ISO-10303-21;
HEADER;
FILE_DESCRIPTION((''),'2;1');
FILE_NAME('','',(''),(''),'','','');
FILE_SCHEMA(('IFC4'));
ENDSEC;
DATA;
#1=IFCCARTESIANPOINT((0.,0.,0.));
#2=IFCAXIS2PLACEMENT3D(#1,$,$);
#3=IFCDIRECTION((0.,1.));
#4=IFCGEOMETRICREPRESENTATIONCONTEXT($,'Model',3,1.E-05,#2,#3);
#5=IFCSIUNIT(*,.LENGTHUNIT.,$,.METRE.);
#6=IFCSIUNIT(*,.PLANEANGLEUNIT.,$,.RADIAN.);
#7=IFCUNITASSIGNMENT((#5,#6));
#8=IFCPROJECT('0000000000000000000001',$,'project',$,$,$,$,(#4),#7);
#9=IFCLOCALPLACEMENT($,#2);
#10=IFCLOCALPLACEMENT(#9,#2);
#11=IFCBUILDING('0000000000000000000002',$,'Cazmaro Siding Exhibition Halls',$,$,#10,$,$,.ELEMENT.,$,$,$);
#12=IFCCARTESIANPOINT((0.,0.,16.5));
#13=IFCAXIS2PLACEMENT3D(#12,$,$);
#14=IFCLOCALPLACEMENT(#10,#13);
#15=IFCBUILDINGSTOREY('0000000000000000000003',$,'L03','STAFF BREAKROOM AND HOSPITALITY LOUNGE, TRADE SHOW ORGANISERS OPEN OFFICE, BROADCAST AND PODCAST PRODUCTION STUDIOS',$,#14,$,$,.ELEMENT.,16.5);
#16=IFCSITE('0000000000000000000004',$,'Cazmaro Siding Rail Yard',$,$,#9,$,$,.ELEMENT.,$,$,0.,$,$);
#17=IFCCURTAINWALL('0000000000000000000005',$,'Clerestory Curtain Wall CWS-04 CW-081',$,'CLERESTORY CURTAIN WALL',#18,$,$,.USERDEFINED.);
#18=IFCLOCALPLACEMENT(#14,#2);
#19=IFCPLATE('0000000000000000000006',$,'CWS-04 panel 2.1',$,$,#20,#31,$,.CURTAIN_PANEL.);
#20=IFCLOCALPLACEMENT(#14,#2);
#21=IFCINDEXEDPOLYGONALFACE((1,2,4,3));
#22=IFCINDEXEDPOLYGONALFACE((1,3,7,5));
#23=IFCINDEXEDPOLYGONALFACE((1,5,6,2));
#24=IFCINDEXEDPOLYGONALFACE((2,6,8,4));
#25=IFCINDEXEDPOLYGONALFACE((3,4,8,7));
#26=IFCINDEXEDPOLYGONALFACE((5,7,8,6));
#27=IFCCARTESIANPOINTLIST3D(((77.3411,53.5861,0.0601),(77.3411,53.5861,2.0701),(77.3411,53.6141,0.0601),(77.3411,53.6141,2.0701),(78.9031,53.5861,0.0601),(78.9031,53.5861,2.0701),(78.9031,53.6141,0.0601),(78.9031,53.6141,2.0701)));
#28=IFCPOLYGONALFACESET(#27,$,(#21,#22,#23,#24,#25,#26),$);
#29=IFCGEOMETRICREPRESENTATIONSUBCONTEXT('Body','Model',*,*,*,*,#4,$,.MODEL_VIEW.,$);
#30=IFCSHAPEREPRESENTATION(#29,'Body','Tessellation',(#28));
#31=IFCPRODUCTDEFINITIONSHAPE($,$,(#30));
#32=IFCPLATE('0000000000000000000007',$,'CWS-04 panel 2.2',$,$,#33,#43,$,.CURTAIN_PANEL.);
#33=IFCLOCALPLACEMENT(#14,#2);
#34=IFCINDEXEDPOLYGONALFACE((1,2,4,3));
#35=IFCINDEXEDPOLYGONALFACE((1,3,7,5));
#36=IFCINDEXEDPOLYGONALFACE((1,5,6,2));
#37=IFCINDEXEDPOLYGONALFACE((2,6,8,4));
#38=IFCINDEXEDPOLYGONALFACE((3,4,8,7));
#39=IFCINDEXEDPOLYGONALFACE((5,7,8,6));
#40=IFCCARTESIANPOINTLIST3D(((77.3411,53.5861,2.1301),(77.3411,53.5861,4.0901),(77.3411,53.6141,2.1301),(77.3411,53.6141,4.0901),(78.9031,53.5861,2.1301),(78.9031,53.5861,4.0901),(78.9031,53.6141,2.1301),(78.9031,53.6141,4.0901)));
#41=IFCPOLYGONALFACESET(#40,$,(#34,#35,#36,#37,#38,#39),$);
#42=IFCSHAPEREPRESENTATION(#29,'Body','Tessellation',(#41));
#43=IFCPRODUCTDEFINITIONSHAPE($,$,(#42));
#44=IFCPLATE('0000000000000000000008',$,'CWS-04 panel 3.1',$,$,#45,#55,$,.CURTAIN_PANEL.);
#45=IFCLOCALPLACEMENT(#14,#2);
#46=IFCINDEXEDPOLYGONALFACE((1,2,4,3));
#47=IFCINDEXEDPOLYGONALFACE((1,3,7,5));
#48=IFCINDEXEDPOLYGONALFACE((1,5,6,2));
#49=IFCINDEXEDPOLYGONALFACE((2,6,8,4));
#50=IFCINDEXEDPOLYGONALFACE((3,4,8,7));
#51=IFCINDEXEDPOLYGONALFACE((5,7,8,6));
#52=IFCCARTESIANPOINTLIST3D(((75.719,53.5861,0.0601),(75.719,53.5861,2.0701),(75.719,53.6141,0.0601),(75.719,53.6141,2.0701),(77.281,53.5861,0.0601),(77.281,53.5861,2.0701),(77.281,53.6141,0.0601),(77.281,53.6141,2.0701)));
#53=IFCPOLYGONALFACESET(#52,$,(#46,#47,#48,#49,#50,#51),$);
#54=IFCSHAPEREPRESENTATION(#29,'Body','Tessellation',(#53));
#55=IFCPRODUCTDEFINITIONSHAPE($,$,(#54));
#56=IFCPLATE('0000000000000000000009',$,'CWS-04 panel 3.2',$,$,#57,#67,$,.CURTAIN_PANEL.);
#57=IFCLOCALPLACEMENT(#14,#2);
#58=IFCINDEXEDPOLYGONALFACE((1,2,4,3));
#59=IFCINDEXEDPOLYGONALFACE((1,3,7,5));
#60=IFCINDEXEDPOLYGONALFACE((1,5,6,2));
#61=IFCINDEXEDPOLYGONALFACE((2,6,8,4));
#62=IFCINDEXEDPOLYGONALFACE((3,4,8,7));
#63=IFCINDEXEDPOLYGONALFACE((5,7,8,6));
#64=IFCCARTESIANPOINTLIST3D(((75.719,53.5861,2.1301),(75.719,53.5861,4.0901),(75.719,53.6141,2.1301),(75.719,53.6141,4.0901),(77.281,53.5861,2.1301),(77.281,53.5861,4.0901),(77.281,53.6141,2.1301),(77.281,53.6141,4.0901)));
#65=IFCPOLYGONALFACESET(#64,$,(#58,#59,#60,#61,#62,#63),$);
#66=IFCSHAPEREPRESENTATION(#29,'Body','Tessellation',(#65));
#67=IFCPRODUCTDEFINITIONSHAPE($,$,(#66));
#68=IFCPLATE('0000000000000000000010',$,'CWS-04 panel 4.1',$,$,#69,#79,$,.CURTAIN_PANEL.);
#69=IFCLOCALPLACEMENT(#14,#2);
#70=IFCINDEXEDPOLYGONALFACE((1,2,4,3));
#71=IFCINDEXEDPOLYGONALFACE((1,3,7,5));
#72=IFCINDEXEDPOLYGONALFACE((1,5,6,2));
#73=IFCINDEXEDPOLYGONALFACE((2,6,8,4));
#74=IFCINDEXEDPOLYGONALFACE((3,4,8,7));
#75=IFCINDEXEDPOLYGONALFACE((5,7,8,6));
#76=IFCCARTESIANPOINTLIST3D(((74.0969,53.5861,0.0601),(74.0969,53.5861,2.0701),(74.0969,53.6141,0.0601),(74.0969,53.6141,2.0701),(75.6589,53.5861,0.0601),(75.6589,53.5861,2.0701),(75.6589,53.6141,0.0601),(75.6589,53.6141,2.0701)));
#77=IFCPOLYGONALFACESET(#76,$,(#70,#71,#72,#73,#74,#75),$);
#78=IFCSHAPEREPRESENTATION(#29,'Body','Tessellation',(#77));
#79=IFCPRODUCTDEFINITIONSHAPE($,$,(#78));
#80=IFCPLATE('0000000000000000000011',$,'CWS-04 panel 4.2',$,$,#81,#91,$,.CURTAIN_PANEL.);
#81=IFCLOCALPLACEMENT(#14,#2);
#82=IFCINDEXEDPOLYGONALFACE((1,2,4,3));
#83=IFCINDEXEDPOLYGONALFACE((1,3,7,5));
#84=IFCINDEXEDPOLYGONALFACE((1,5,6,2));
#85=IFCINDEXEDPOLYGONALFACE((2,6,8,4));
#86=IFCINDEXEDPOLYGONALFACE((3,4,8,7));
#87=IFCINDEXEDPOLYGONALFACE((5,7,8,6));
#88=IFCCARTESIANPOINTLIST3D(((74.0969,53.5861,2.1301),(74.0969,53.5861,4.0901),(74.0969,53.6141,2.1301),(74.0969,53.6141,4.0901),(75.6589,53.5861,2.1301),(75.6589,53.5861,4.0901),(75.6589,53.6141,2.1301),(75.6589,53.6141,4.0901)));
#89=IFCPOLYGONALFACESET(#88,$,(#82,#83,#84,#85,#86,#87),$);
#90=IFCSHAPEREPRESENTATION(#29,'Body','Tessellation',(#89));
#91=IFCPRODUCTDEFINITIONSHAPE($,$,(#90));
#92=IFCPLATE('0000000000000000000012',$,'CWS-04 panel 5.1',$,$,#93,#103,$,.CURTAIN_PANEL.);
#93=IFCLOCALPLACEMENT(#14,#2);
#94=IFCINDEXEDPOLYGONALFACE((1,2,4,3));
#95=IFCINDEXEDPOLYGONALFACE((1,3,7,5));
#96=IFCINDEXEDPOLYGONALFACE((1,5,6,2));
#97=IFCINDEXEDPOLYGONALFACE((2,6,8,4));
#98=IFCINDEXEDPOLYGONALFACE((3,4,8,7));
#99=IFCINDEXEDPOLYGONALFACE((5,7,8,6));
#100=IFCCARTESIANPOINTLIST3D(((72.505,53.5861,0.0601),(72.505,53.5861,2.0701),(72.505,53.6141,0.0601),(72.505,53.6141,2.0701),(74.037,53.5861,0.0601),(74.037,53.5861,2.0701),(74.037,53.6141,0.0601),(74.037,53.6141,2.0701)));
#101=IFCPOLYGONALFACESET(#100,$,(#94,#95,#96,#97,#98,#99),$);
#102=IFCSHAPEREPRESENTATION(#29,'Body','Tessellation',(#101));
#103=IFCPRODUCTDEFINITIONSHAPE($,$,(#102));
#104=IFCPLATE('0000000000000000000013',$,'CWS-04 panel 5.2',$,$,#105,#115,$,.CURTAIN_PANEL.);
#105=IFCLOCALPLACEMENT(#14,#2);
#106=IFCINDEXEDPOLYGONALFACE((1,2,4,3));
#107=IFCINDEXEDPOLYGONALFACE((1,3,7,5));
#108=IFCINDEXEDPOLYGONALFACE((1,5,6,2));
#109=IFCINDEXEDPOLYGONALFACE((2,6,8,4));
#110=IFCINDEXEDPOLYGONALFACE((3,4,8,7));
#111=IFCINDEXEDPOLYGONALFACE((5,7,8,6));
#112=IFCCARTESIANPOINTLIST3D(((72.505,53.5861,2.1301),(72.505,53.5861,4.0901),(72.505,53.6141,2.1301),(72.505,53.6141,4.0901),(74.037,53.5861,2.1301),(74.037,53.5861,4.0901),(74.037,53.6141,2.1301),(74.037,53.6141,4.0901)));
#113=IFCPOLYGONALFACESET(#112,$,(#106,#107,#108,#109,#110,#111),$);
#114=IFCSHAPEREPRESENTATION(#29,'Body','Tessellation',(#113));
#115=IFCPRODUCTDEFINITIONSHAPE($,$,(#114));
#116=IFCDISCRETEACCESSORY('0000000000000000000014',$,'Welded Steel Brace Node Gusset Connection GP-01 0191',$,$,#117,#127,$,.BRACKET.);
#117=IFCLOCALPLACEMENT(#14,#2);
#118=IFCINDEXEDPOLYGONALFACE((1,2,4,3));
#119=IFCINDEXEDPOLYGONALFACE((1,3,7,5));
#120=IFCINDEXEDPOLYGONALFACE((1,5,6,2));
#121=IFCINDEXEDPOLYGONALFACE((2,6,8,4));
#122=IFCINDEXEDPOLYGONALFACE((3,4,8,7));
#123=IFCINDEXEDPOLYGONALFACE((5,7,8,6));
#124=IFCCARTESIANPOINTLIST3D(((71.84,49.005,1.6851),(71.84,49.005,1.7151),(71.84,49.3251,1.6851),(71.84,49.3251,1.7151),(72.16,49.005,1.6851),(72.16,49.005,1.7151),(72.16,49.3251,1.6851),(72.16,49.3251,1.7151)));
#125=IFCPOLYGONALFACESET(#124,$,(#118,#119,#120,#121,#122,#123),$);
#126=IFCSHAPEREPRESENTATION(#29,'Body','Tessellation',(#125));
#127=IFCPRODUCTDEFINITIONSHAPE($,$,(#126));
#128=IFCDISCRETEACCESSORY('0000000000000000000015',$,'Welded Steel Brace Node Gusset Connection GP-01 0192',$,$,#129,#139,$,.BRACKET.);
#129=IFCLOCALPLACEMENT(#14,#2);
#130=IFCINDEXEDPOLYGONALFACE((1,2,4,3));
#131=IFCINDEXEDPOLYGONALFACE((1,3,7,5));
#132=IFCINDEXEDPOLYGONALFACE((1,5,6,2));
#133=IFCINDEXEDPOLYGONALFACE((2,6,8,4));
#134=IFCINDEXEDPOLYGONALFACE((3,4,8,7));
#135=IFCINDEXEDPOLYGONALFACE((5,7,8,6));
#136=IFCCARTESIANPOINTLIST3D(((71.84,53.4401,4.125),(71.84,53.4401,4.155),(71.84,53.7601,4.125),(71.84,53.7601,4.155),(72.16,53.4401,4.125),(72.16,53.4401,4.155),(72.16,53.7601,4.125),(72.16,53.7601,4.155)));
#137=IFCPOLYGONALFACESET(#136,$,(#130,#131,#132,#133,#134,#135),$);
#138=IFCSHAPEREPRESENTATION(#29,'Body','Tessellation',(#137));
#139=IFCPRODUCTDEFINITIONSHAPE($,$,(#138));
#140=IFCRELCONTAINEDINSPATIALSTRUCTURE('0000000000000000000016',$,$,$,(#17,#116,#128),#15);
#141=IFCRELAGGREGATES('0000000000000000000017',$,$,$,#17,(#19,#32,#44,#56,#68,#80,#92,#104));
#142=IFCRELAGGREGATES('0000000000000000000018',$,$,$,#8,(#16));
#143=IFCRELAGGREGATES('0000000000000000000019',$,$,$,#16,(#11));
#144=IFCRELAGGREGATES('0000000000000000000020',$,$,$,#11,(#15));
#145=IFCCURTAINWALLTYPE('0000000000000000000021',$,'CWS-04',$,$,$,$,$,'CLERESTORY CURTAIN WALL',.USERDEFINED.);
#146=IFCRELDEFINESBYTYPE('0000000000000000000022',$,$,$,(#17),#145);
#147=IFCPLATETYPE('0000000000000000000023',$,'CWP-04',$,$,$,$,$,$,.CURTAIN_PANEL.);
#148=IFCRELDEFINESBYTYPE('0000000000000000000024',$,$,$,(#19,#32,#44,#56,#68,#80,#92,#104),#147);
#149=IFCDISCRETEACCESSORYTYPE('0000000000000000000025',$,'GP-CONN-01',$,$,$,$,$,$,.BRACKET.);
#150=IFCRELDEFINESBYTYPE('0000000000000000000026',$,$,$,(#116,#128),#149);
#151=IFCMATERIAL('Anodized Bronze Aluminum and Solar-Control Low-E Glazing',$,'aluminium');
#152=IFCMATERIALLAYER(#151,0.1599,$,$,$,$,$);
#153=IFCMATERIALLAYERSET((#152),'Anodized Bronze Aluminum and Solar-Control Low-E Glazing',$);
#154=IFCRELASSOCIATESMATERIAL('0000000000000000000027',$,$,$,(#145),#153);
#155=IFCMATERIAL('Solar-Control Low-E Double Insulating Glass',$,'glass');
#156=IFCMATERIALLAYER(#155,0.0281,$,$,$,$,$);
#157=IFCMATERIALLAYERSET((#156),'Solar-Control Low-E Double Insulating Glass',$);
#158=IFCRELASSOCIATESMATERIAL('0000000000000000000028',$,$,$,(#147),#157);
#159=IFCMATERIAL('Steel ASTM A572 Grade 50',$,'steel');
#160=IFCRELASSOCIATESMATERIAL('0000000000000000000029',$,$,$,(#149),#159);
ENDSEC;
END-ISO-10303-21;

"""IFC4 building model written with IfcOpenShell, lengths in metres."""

from ifc_helpers import new_model, si_unit, direction, frame, origin, origin_2d, place, context, subcontext, project, spatial, rectangle, extrude, material, layer, layer_set, type_object, element, aggregate, save


model = new_model("IFC4")

# Units and contexts
model_context = context("Model", 3, precision=1e-05, world=origin(), true_north=direction((0.0, 1.0)))
body_context = subcontext(model_context, "Body", "Model", "MODEL_VIEW")
ifc_project = project(units=[si_unit("LENGTHUNIT", "METRE"), si_unit("PLANEANGLEUNIT", "RADIAN")], contexts=[model_context])

# Site, building, storey
site_placement = place(None, origin())
site = spatial("IfcSite", under=ifc_project, at=site_placement, Name="Cazmaro Siding Rail Yard", CompositionType="ELEMENT", RefElevation=0.0)
building_placement = place(site_placement, origin())
building = spatial("IfcBuilding", under=site, at=building_placement, Name="Cazmaro Siding Exhibition Halls", CompositionType="ELEMENT")
storey_placement = place(building_placement, frame((0.0, 0.0, 16.5)))
storey = spatial("IfcBuildingStorey", under=building, at=storey_placement, Name="L03", Description="STAFF BREAKROOM AND HOSPITALITY LOUNGE, TRADE SHOW ORGANISERS OPEN OFFICE, BROADCAST AND PODCAST PRODUCTION STUDIOS", CompositionType="ELEMENT", Elevation=16.5)

# Curtain wall
ifc_material_1 = material(Name="Anodized Bronze Aluminum and Solar-Control Low-E Glazing", Category="aluminium")
ifc_layer_1 = layer(ifc_material_1, 0.1599)
ifc_layer_set_1 = layer_set([ifc_layer_1], Name="Anodized Bronze Aluminum and Solar-Control Low-E Glazing")
curtain_wall_type = type_object("IfcCurtainWallType", Name="CWS-04", ElementType="CLERESTORY CURTAIN WALL", PredefinedType="USERDEFINED", material=ifc_layer_set_1)
curtain_wall_placement = place(storey_placement, origin())
curtain_wall = element("IfcCurtainWall", 1, at=curtain_wall_placement, inside=storey, type_object=curtain_wall_type, Name="Clerestory Curtain Wall CWS-04 CW-081", ObjectType="CLERESTORY CURTAIN WALL", PredefinedType="USERDEFINED")

# Plates
ifc_material_2 = material(Name="Solar-Control Low-E Double Insulating Glass", Category="glass")
ifc_layer_2 = layer(ifc_material_2, 0.0281)
ifc_layer_set_2 = layer_set([ifc_layer_2], Name="Solar-Control Low-E Double Insulating Glass")
plate_type = type_object("IfcPlateType", Name="CWP-04", PredefinedType="CURTAIN_PANEL", material=ifc_layer_set_2)
plate_1_placement = place(storey_placement, frame((78.1221, 53.6001, 0.0601), z_axis=(0.0, 0.0, 1.0), x_axis=(-1.0, 0.0, 0.0)))
plate_1 = element("IfcPlate", 2, at=plate_1_placement, type_object=plate_type, Name="CWS-04 panel 2.1", PredefinedType="CURTAIN_PANEL", context=body_context, shape_type="SweptSolid", body=[
    extrude(rectangle(XDim=1.562, YDim=0.0281, at=origin_2d()), origin(), (0.0, 0.0, 1.0), 2.01),
])
plate_2_placement = place(storey_placement, frame((78.1221, 53.6001, 2.1301), z_axis=(0.0, 0.0, 1.0), x_axis=(-1.0, 0.0, 0.0)))
plate_2 = element("IfcPlate", 3, at=plate_2_placement, type_object=plate_type, Name="CWS-04 panel 2.2", PredefinedType="CURTAIN_PANEL", context=body_context, shape_type="SweptSolid", body=[
    extrude(rectangle(XDim=1.562, YDim=0.0281, at=origin_2d()), origin(), (0.0, 0.0, 1.0), 1.96),
])
plate_3_placement = place(storey_placement, frame((76.5, 53.6001, 0.0601), z_axis=(0.0, 0.0, 1.0), x_axis=(-1.0, 0.0, 0.0)))
plate_3 = element("IfcPlate", 4, at=plate_3_placement, type_object=plate_type, Name="CWS-04 panel 3.1", PredefinedType="CURTAIN_PANEL", context=body_context, shape_type="SweptSolid", body=[
    extrude(rectangle(XDim=1.562, YDim=0.0281, at=origin_2d()), origin(), (0.0, 0.0, 1.0), 2.01),
])
plate_4_placement = place(storey_placement, frame((76.5, 53.6001, 2.1301), z_axis=(0.0, 0.0, 1.0), x_axis=(-1.0, 0.0, 0.0)))
plate_4 = element("IfcPlate", 5, at=plate_4_placement, type_object=plate_type, Name="CWS-04 panel 3.2", PredefinedType="CURTAIN_PANEL", context=body_context, shape_type="SweptSolid", body=[
    extrude(rectangle(XDim=1.562, YDim=0.0281, at=origin_2d()), origin(), (0.0, 0.0, 1.0), 1.96),
])
plate_5_placement = place(storey_placement, frame((74.8779, 53.6001, 0.0601), z_axis=(0.0, 0.0, 1.0), x_axis=(-1.0, 0.0, 0.0)))
plate_5 = element("IfcPlate", 6, at=plate_5_placement, type_object=plate_type, Name="CWS-04 panel 4.1", PredefinedType="CURTAIN_PANEL", context=body_context, shape_type="SweptSolid", body=[
    extrude(rectangle(XDim=1.562, YDim=0.0281, at=origin_2d()), origin(), (0.0, 0.0, 1.0), 2.01),
])
plate_6_placement = place(storey_placement, frame((74.8779, 53.6001, 2.1301), z_axis=(0.0, 0.0, 1.0), x_axis=(-1.0, 0.0, 0.0)))
plate_6 = element("IfcPlate", 7, at=plate_6_placement, type_object=plate_type, Name="CWS-04 panel 4.2", PredefinedType="CURTAIN_PANEL", context=body_context, shape_type="SweptSolid", body=[
    extrude(rectangle(XDim=1.562, YDim=0.0281, at=origin_2d()), origin(), (0.0, 0.0, 1.0), 1.96),
])
plate_7_placement = place(storey_placement, frame((73.271, 53.6001, 0.0601), z_axis=(0.0, 0.0, 1.0), x_axis=(-1.0, 0.0, 0.0)))
plate_7 = element("IfcPlate", 8, at=plate_7_placement, type_object=plate_type, Name="CWS-04 panel 5.1", PredefinedType="CURTAIN_PANEL", context=body_context, shape_type="SweptSolid", body=[
    extrude(rectangle(XDim=1.532, YDim=0.0281, at=origin_2d()), origin(), (0.0, 0.0, 1.0), 2.01),
])
plate_8_placement = place(storey_placement, frame((73.271, 53.6001, 2.1301), z_axis=(0.0, 0.0, 1.0), x_axis=(-1.0, 0.0, 0.0)))
plate_8 = element("IfcPlate", 9, at=plate_8_placement, type_object=plate_type, Name="CWS-04 panel 5.2", PredefinedType="CURTAIN_PANEL", context=body_context, shape_type="SweptSolid", body=[
    extrude(rectangle(XDim=1.532, YDim=0.0281, at=origin_2d()), origin(), (0.0, 0.0, 1.0), 1.96),
])
aggregate(curtain_wall, [plate_1, plate_2, plate_3, plate_4, plate_5, plate_6, plate_7, plate_8])

# Discrete accessories
ifc_material_3 = material(Name="Steel ASTM A572 Grade 50", Category="steel")
discrete_accessory_type = type_object("IfcDiscreteAccessoryType", Name="GP-CONN-01", PredefinedType="BRACKET", material=ifc_material_3)
for number, where, z_axis, x_axis, name in (
    (10, (72.0, 49.165, 1.6851), (0.0, 0.0, 1.0), (1.0, 0.0, 0.0), "Welded Steel Brace Node Gusset Connection GP-01 0191"),
    (11, (72.0, 53.6001, 4.125), (0.0, 0.0, 1.0), (1.0, 0.0, 0.0), "Welded Steel Brace Node Gusset Connection GP-01 0192"),
):
    element("IfcDiscreteAccessory", number, at=place(storey_placement, frame(where, z_axis=z_axis, x_axis=x_axis)), inside=storey, type_object=discrete_accessory_type, Name=name, PredefinedType="BRACKET", context=body_context, shape_type="SweptSolid", body=[
        extrude(rectangle(XDim=0.3201, YDim=0.3201, at=origin_2d()), origin(), (0.0, 0.0, 1.0), 0.03),
    ])

save(model, "model.ifc")
